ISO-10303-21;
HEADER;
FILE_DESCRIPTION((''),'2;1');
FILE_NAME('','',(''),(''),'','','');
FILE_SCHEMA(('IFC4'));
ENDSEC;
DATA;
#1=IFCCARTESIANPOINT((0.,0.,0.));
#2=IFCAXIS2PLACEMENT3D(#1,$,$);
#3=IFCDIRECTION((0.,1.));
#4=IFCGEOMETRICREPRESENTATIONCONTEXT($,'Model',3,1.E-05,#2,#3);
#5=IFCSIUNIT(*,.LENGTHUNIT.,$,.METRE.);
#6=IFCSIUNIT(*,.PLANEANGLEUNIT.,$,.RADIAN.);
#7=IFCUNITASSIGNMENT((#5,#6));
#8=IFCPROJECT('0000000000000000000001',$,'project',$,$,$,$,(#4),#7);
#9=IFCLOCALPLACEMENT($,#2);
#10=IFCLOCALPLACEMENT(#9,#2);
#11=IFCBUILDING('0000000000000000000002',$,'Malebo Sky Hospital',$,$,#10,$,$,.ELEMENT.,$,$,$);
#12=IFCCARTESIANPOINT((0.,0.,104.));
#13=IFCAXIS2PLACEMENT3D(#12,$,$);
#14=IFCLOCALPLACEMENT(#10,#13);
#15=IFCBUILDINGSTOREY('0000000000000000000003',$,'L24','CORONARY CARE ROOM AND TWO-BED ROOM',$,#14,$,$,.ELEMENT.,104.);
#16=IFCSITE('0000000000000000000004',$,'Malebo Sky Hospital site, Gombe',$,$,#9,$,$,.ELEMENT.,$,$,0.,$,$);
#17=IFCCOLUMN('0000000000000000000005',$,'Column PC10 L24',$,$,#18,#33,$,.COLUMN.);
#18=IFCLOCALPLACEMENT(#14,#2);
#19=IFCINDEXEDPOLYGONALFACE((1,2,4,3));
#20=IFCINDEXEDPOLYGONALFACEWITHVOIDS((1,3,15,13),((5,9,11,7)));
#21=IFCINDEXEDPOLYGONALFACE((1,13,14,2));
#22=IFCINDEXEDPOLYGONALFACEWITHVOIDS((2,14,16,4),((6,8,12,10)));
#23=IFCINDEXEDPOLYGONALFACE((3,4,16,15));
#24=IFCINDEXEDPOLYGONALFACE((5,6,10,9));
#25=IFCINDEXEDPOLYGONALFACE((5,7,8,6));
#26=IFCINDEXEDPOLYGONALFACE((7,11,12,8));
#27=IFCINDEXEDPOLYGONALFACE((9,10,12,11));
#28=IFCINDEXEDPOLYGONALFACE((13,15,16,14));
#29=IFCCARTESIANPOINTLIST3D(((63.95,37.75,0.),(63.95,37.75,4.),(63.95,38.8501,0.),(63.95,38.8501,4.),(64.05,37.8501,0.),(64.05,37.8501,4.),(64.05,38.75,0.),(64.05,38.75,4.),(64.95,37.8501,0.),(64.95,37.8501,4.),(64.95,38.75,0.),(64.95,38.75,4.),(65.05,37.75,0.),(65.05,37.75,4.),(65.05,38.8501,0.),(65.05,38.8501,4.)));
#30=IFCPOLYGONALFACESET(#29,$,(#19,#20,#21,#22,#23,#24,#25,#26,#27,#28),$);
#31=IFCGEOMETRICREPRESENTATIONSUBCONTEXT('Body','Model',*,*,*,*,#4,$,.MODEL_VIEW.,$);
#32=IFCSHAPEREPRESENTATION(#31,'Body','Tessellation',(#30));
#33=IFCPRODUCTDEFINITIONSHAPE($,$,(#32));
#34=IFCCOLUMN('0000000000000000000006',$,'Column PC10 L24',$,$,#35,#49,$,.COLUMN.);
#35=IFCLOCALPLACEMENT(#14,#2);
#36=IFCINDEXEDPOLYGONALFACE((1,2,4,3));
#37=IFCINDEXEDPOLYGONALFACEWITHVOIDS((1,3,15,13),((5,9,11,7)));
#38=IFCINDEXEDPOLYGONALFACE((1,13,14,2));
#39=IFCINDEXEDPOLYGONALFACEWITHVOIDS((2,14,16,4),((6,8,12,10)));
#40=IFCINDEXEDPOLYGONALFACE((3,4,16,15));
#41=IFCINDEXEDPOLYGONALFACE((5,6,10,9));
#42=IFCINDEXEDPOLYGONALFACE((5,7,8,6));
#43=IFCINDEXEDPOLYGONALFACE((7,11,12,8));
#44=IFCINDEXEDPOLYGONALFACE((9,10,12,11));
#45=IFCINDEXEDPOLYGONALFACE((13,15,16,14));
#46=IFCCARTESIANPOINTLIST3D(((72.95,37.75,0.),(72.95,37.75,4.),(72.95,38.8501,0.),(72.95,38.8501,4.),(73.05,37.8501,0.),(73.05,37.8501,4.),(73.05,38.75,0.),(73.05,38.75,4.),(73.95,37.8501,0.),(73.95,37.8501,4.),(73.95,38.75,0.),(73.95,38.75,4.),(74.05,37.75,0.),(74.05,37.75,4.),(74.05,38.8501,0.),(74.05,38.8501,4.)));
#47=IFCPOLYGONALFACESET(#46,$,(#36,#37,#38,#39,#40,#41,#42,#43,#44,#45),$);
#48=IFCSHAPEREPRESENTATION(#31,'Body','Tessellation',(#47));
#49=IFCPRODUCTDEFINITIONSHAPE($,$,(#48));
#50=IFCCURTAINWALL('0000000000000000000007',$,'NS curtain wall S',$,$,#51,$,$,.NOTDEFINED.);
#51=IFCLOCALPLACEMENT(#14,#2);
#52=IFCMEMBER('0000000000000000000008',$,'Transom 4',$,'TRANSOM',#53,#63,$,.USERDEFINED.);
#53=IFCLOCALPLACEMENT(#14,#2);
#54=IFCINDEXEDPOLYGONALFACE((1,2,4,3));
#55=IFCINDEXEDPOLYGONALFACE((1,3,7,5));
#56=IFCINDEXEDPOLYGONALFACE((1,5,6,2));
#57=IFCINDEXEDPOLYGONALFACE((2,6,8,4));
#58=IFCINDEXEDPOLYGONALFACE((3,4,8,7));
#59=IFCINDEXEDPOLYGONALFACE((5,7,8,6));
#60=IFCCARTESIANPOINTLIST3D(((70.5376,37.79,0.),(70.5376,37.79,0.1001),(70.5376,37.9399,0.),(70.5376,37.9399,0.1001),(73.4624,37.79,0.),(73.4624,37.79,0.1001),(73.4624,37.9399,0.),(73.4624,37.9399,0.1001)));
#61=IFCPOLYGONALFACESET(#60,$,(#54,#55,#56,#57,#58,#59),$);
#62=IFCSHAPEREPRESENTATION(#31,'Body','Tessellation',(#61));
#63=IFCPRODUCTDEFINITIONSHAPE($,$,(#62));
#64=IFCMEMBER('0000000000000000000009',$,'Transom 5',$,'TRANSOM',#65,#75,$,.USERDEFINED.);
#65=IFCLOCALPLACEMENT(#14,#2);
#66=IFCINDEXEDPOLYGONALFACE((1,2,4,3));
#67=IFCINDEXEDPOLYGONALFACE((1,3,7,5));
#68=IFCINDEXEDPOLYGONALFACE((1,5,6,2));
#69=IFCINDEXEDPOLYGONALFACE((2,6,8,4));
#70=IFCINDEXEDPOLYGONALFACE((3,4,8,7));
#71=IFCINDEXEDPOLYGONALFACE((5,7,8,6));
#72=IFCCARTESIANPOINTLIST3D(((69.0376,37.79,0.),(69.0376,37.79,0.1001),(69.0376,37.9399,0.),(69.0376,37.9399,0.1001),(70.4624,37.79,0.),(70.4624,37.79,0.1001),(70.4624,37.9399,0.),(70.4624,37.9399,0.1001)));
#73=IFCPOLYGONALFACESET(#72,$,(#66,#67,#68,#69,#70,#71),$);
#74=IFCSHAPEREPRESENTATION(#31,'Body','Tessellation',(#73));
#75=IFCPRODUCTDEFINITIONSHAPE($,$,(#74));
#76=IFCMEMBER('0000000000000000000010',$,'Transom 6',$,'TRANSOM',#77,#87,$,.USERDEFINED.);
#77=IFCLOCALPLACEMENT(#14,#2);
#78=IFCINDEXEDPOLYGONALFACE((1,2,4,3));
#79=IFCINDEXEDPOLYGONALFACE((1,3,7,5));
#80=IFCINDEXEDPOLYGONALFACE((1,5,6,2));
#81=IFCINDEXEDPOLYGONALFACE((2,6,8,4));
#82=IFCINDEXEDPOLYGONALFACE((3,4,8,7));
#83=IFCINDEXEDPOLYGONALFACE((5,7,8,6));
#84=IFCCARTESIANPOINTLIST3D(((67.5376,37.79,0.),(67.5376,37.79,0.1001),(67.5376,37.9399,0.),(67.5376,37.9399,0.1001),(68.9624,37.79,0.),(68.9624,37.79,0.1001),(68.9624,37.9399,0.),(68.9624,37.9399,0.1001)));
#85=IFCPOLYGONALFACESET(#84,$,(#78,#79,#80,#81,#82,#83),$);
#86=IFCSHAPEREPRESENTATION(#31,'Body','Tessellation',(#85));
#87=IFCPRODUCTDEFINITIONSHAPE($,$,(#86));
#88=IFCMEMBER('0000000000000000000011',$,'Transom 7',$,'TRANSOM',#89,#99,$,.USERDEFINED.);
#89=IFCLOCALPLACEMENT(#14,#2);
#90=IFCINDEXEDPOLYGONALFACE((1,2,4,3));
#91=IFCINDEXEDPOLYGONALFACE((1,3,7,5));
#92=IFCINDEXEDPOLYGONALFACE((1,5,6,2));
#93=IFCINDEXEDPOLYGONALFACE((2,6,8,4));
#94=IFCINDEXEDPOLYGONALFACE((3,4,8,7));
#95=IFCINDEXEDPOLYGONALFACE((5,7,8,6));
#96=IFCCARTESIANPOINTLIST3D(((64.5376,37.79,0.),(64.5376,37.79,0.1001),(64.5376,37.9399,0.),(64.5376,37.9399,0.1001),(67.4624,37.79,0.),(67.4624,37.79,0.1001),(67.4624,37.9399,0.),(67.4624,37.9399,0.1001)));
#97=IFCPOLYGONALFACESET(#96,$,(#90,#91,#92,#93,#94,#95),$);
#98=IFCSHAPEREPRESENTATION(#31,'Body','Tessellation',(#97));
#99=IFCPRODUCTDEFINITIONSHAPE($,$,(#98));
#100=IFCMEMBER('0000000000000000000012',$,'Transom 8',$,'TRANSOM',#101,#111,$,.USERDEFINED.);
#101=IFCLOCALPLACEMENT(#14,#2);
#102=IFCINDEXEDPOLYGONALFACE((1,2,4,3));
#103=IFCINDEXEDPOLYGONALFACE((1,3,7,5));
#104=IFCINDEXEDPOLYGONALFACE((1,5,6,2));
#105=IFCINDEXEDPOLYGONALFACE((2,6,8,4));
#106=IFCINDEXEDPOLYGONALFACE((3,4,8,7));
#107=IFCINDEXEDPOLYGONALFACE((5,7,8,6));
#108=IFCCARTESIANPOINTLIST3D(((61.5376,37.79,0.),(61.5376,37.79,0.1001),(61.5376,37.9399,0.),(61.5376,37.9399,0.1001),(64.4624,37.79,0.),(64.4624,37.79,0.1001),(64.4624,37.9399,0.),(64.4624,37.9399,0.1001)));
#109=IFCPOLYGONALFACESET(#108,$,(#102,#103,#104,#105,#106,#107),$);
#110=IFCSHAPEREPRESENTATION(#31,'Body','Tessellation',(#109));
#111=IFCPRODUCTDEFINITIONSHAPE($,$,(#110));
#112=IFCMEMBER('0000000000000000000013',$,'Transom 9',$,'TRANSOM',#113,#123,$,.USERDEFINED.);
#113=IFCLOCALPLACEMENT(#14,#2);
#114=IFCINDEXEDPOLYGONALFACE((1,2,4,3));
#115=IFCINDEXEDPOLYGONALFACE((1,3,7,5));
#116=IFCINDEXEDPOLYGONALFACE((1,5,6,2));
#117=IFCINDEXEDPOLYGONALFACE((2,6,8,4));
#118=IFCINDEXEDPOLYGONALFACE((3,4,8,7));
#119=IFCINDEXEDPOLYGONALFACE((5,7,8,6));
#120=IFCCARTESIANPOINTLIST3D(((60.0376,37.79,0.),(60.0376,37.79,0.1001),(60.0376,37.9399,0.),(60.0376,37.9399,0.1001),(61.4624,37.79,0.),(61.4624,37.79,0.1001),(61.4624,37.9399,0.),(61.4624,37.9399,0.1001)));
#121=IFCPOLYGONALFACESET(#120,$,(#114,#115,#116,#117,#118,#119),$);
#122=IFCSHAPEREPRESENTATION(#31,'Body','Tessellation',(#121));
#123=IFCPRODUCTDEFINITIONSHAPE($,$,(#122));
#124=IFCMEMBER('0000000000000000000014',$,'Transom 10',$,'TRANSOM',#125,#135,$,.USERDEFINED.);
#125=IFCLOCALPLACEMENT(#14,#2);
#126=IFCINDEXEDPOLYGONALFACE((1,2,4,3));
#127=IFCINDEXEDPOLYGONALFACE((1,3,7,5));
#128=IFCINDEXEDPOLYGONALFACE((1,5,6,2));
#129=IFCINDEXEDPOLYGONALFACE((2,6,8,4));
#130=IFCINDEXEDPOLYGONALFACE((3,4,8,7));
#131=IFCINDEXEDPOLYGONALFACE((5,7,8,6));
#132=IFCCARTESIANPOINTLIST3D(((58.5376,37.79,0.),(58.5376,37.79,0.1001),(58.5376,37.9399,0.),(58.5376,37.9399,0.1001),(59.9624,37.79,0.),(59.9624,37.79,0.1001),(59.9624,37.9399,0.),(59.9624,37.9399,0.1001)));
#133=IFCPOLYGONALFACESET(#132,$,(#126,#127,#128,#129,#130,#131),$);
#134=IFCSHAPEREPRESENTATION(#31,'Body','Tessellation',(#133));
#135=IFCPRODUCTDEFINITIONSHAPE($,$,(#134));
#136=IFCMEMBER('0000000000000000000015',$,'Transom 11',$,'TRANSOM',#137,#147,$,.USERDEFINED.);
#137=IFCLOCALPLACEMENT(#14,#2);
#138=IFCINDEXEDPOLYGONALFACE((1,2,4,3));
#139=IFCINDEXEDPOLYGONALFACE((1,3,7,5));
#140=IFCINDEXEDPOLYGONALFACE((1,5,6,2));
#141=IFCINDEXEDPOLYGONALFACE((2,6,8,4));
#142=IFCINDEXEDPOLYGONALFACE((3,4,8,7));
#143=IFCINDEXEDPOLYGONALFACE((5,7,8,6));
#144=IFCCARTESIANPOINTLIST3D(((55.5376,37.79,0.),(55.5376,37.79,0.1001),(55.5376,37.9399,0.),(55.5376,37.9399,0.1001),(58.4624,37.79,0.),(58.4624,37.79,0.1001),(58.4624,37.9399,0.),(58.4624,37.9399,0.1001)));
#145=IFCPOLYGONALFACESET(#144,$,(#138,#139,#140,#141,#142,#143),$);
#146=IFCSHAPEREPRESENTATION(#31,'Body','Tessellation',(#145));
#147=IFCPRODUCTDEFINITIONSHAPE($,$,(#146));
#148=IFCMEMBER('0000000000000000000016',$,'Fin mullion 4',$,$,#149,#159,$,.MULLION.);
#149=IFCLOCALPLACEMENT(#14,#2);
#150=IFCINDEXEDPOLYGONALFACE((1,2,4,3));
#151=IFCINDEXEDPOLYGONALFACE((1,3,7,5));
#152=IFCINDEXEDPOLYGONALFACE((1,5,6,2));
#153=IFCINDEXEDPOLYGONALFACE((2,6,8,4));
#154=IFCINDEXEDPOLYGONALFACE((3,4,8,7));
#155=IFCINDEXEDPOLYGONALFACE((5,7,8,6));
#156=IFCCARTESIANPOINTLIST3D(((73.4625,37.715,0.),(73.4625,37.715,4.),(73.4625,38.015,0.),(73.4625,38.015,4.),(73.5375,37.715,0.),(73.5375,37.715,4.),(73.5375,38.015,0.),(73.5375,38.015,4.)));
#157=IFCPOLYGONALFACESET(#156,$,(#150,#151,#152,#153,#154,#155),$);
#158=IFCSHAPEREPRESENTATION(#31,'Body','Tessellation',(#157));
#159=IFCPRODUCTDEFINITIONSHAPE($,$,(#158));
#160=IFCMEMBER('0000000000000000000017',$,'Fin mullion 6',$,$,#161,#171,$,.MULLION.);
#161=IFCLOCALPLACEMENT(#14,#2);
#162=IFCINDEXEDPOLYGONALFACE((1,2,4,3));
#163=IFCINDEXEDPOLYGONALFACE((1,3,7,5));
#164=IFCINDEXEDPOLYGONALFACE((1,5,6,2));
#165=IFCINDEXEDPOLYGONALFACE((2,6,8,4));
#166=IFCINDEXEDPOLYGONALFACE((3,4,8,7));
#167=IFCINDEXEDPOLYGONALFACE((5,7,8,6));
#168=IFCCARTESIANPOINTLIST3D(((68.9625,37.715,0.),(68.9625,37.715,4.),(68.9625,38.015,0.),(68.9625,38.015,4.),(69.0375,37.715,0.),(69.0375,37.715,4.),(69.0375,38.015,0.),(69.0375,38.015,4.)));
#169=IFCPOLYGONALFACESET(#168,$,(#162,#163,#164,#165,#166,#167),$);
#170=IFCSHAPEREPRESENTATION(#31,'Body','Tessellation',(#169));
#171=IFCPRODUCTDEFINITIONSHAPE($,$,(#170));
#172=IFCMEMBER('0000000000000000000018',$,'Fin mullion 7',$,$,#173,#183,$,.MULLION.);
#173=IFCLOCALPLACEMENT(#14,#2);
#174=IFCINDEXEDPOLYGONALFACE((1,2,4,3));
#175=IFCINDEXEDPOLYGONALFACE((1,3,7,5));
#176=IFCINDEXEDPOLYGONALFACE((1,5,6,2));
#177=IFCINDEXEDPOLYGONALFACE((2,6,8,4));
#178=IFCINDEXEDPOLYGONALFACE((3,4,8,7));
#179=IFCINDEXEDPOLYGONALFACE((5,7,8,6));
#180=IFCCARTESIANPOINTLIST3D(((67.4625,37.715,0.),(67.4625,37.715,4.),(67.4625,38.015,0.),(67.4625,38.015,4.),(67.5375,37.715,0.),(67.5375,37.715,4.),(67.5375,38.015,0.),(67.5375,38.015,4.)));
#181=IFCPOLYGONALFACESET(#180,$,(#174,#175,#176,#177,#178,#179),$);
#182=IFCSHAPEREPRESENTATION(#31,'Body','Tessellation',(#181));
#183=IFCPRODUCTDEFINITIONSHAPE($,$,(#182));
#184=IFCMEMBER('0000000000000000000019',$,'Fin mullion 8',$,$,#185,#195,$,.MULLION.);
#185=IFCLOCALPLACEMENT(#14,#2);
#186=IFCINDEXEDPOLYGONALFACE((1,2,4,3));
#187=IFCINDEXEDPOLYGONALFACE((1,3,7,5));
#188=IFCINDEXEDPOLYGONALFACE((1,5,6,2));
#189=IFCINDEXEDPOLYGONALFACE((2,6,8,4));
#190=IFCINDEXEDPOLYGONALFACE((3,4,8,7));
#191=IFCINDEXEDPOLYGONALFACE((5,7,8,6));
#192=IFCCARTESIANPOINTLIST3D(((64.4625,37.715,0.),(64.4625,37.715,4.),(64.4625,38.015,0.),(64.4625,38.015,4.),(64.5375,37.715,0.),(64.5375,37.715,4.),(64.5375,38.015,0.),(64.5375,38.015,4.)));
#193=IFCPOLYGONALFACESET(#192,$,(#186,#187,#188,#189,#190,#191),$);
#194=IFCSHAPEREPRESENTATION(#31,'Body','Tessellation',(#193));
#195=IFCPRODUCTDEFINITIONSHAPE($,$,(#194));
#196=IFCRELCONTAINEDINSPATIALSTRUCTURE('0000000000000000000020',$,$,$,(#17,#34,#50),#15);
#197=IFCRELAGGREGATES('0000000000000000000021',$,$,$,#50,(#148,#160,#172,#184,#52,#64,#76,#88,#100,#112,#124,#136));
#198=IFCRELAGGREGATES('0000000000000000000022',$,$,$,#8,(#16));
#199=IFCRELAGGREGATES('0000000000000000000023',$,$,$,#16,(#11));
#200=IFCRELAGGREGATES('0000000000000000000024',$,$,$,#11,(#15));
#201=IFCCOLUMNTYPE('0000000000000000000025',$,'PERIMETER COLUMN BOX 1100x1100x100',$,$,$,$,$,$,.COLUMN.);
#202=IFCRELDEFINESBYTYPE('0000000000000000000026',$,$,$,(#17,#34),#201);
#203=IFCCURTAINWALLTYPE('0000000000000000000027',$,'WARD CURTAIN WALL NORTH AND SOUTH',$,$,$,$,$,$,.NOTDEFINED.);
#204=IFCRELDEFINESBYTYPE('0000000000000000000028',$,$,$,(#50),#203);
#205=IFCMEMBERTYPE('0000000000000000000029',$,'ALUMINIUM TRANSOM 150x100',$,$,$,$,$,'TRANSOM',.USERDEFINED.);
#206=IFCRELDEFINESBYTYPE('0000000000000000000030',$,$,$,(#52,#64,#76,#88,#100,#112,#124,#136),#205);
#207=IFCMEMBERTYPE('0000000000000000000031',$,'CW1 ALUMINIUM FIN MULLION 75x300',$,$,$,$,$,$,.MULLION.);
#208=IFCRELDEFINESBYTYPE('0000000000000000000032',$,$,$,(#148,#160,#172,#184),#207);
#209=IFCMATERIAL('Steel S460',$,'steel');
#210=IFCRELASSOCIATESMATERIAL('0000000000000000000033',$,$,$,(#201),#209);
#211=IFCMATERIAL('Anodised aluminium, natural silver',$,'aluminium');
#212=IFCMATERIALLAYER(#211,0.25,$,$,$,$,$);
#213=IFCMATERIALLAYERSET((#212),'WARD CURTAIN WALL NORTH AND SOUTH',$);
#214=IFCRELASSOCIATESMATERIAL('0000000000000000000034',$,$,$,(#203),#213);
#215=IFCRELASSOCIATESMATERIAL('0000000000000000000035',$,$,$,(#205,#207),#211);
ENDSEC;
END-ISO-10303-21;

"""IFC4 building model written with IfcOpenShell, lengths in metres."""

from ifc_helpers import new_model, si_unit, direction, frame, origin, origin_2d, place, context, subcontext, project, spatial, rectangle, hollow_rectangle, extrude, material, layer, layer_set, material_profile, profile_set, type_object, element, aggregate, save


model = new_model("IFC4")

# Units and contexts
model_context = context("Model", 3, precision=1e-05, world=origin(), true_north=direction((0.0, 1.0)))
body_context = subcontext(model_context, "Body", "Model", "MODEL_VIEW")
ifc_project = project(units=[si_unit("LENGTHUNIT", "METRE"), si_unit("PLANEANGLEUNIT", "RADIAN")], contexts=[model_context])

# Site, building, storey
site_placement = place(None, origin())
site = spatial("IfcSite", under=ifc_project, at=site_placement, Name="Malebo Sky Hospital site, Gombe", CompositionType="ELEMENT", RefElevation=0.0)
building_placement = place(site_placement, origin())
building = spatial("IfcBuilding", under=site, at=building_placement, Name="Malebo Sky Hospital", CompositionType="ELEMENT")
storey_placement = place(building_placement, frame((0.0, 0.0, 104.0)))
storey = spatial("IfcBuildingStorey", under=building, at=storey_placement, Name="L24", Description="CORONARY CARE ROOM AND TWO-BED ROOM", CompositionType="ELEMENT", Elevation=104.0)

# Columns
ifc_material_1 = material(Name="Steel S460", Category="steel")
ifc_material_profile_1 = material_profile(ifc_material_1, hollow_rectangle(XDim=1.1001, YDim=1.1001, WallThickness=0.1001, at=origin_2d()), Name="BOX 1100x1100x100")
ifc_profile_set_1 = profile_set([ifc_material_profile_1], Name="Steel S460")
column_type = type_object("IfcColumnType", Name="PERIMETER COLUMN BOX 1100x1100x100", PredefinedType="COLUMN", material=ifc_profile_set_1)
for number, where, z_axis, x_axis, name in (
    (1, (64.5, 38.3, 0.0), (0.0, 0.0, 1.0), (1.0, 0.0, 0.0), "Column PC10 L24"),
    (2, (73.5, 38.3, 0.0), (0.0, 0.0, 1.0), (1.0, 0.0, 0.0), "Column PC10 L24"),
):
    element("IfcColumn", number, at=place(storey_placement, frame(where, z_axis=z_axis, x_axis=x_axis)), inside=storey, type_object=column_type, Name=name, PredefinedType="COLUMN", context=body_context, shape_type="SweptSolid", body=[
        extrude(hollow_rectangle(XDim=1.1001, YDim=1.1001, WallThickness=0.1001, at=origin_2d()), origin(), (0.0, 0.0, 1.0), 4.0),
    ])

# Curtain wall, members
ifc_material_2 = material(Name="Anodised aluminium, natural silver", Category="aluminium")
ifc_layer_1 = layer(ifc_material_2, 0.25)
ifc_layer_set_1 = layer_set([ifc_layer_1], Name="WARD CURTAIN WALL NORTH AND SOUTH")
curtain_wall_type = type_object("IfcCurtainWallType", Name="WARD CURTAIN WALL NORTH AND SOUTH", PredefinedType="NOTDEFINED", material=ifc_layer_set_1)
curtain_wall_placement = place(storey_placement, origin())
curtain_wall = element("IfcCurtainWall", 3, at=curtain_wall_placement, inside=storey, type_object=curtain_wall_type, Name="NS curtain wall S", PredefinedType="NOTDEFINED")
ifc_material_profile_2 = material_profile(ifc_material_2, rectangle(XDim=0.1499, YDim=0.1001, at=origin_2d()), Name="ALUMINIUM TRANSOM 150x100")
ifc_profile_set_2 = profile_set([ifc_material_profile_2], Name="Anodised aluminium, natural silver")
member_type_1 = type_object("IfcMemberType", Name="ALUMINIUM TRANSOM 150x100", ElementType="TRANSOM", PredefinedType="USERDEFINED", material=ifc_profile_set_2)
member_1_placement = place(storey_placement, frame((73.4624, 37.865, 0.05), z_axis=(-1.0, 0.0, 0.0), x_axis=(0.0, -1.0, 0.0)))
member_1 = element("IfcMember", 4, at=member_1_placement, type_object=member_type_1, Name="Transom 4", ObjectType="TRANSOM", PredefinedType="USERDEFINED", context=body_context, shape_type="SweptSolid", body=[
    extrude(rectangle(XDim=0.1499, YDim=0.1001, at=origin_2d()), origin(), (0.0, 0.0, 1.0), 2.9248),
])
member_2_placement = place(storey_placement, frame((70.4624, 37.865, 0.05), z_axis=(-1.0, 0.0, 0.0), x_axis=(0.0, -1.0, 0.0)))
member_2 = element("IfcMember", 5, at=member_2_placement, type_object=member_type_1, Name="Transom 5", ObjectType="TRANSOM", PredefinedType="USERDEFINED", context=body_context, shape_type="SweptSolid", body=[
    extrude(rectangle(XDim=0.1499, YDim=0.1001, at=origin_2d()), origin(), (0.0, 0.0, 1.0), 1.4248),
])
member_3_placement = place(storey_placement, frame((68.9624, 37.865, 0.05), z_axis=(-1.0, 0.0, 0.0), x_axis=(0.0, -1.0, 0.0)))
member_3 = element("IfcMember", 6, at=member_3_placement, type_object=member_type_1, Name="Transom 6", ObjectType="TRANSOM", PredefinedType="USERDEFINED", context=body_context, shape_type="SweptSolid", body=[
    extrude(rectangle(XDim=0.1499, YDim=0.1001, at=origin_2d()), origin(), (0.0, 0.0, 1.0), 1.4248),
])
member_4_placement = place(storey_placement, frame((67.4624, 37.865, 0.05), z_axis=(-1.0, 0.0, 0.0), x_axis=(0.0, -1.0, 0.0)))
member_4 = element("IfcMember", 7, at=member_4_placement, type_object=member_type_1, Name="Transom 7", ObjectType="TRANSOM", PredefinedType="USERDEFINED", context=body_context, shape_type="SweptSolid", body=[
    extrude(rectangle(XDim=0.1499, YDim=0.1001, at=origin_2d()), origin(), (0.0, 0.0, 1.0), 2.9248),
])
member_5_placement = place(storey_placement, frame((64.4624, 37.865, 0.05), z_axis=(-1.0, 0.0, 0.0), x_axis=(0.0, -1.0, 0.0)))
member_5 = element("IfcMember", 8, at=member_5_placement, type_object=member_type_1, Name="Transom 8", ObjectType="TRANSOM", PredefinedType="USERDEFINED", context=body_context, shape_type="SweptSolid", body=[
    extrude(rectangle(XDim=0.1499, YDim=0.1001, at=origin_2d()), origin(), (0.0, 0.0, 1.0), 2.9248),
])
member_6_placement = place(storey_placement, frame((61.4624, 37.865, 0.05), z_axis=(-1.0, 0.0, 0.0), x_axis=(0.0, -1.0, 0.0)))
member_6 = element("IfcMember", 9, at=member_6_placement, type_object=member_type_1, Name="Transom 9", ObjectType="TRANSOM", PredefinedType="USERDEFINED", context=body_context, shape_type="SweptSolid", body=[
    extrude(rectangle(XDim=0.1499, YDim=0.1001, at=origin_2d()), origin(), (0.0, 0.0, 1.0), 1.4248),
])
member_7_placement = place(storey_placement, frame((59.9624, 37.865, 0.05), z_axis=(-1.0, 0.0, 0.0), x_axis=(0.0, -1.0, 0.0)))
member_7 = element("IfcMember", 10, at=member_7_placement, type_object=member_type_1, Name="Transom 10", ObjectType="TRANSOM", PredefinedType="USERDEFINED", context=body_context, shape_type="SweptSolid", body=[
    extrude(rectangle(XDim=0.1499, YDim=0.1001, at=origin_2d()), origin(), (0.0, 0.0, 1.0), 1.4248),
])
member_8_placement = place(storey_placement, frame((58.4624, 37.865, 0.05), z_axis=(-1.0, 0.0, 0.0), x_axis=(0.0, -1.0, 0.0)))
member_8 = element("IfcMember", 11, at=member_8_placement, type_object=member_type_1, Name="Transom 11", ObjectType="TRANSOM", PredefinedType="USERDEFINED", context=body_context, shape_type="SweptSolid", body=[
    extrude(rectangle(XDim=0.1499, YDim=0.1001, at=origin_2d()), origin(), (0.0, 0.0, 1.0), 2.9248),
])
ifc_material_profile_3 = material_profile(ifc_material_2, rectangle(XDim=0.075, YDim=0.3, at=origin_2d()), Name="CW1 ALUMINIUM FIN MULLION 75x300")
ifc_profile_set_3 = profile_set([ifc_material_profile_3], Name="Anodised aluminium, natural silver")
member_type_2 = type_object("IfcMemberType", Name="CW1 ALUMINIUM FIN MULLION 75x300", PredefinedType="MULLION", material=ifc_profile_set_3)
member_9_placement = place(storey_placement, frame((73.5, 37.865, 0.0), z_axis=(0.0, 0.0, 1.0), x_axis=(-1.0, 0.0, 0.0)))
member_9 = element("IfcMember", 12, at=member_9_placement, type_object=member_type_2, Name="Fin mullion 4", PredefinedType="MULLION", context=body_context, shape_type="SweptSolid", body=[
    extrude(rectangle(XDim=0.075, YDim=0.3, at=origin_2d()), origin(), (0.0, 0.0, 1.0), 4.0),
])
member_10_placement = place(storey_placement, frame((69.0, 37.865, 0.0), z_axis=(0.0, 0.0, 1.0), x_axis=(-1.0, 0.0, 0.0)))
member_10 = element("IfcMember", 13, at=member_10_placement, type_object=member_type_2, Name="Fin mullion 6", PredefinedType="MULLION", context=body_context, shape_type="SweptSolid", body=[
    extrude(rectangle(XDim=0.075, YDim=0.3, at=origin_2d()), origin(), (0.0, 0.0, 1.0), 4.0),
])
member_11_placement = place(storey_placement, frame((67.5, 37.865, 0.0), z_axis=(0.0, 0.0, 1.0), x_axis=(-1.0, 0.0, 0.0)))
member_11 = element("IfcMember", 14, at=member_11_placement, type_object=member_type_2, Name="Fin mullion 7", PredefinedType="MULLION", context=body_context, shape_type="SweptSolid", body=[
    extrude(rectangle(XDim=0.075, YDim=0.3, at=origin_2d()), origin(), (0.0, 0.0, 1.0), 4.0),
])
member_12_placement = place(storey_placement, frame((64.5, 37.865, 0.0), z_axis=(0.0, 0.0, 1.0), x_axis=(-1.0, 0.0, 0.0)))
member_12 = element("IfcMember", 15, at=member_12_placement, type_object=member_type_2, Name="Fin mullion 8", PredefinedType="MULLION", context=body_context, shape_type="SweptSolid", body=[
    extrude(rectangle(XDim=0.075, YDim=0.3, at=origin_2d()), origin(), (0.0, 0.0, 1.0), 4.0),
])

aggregate(curtain_wall, [member_9, member_10, member_11, member_12, member_1, member_2, member_3, member_4, member_5, member_6, member_7, member_8])

save(model, "model.ifc")
